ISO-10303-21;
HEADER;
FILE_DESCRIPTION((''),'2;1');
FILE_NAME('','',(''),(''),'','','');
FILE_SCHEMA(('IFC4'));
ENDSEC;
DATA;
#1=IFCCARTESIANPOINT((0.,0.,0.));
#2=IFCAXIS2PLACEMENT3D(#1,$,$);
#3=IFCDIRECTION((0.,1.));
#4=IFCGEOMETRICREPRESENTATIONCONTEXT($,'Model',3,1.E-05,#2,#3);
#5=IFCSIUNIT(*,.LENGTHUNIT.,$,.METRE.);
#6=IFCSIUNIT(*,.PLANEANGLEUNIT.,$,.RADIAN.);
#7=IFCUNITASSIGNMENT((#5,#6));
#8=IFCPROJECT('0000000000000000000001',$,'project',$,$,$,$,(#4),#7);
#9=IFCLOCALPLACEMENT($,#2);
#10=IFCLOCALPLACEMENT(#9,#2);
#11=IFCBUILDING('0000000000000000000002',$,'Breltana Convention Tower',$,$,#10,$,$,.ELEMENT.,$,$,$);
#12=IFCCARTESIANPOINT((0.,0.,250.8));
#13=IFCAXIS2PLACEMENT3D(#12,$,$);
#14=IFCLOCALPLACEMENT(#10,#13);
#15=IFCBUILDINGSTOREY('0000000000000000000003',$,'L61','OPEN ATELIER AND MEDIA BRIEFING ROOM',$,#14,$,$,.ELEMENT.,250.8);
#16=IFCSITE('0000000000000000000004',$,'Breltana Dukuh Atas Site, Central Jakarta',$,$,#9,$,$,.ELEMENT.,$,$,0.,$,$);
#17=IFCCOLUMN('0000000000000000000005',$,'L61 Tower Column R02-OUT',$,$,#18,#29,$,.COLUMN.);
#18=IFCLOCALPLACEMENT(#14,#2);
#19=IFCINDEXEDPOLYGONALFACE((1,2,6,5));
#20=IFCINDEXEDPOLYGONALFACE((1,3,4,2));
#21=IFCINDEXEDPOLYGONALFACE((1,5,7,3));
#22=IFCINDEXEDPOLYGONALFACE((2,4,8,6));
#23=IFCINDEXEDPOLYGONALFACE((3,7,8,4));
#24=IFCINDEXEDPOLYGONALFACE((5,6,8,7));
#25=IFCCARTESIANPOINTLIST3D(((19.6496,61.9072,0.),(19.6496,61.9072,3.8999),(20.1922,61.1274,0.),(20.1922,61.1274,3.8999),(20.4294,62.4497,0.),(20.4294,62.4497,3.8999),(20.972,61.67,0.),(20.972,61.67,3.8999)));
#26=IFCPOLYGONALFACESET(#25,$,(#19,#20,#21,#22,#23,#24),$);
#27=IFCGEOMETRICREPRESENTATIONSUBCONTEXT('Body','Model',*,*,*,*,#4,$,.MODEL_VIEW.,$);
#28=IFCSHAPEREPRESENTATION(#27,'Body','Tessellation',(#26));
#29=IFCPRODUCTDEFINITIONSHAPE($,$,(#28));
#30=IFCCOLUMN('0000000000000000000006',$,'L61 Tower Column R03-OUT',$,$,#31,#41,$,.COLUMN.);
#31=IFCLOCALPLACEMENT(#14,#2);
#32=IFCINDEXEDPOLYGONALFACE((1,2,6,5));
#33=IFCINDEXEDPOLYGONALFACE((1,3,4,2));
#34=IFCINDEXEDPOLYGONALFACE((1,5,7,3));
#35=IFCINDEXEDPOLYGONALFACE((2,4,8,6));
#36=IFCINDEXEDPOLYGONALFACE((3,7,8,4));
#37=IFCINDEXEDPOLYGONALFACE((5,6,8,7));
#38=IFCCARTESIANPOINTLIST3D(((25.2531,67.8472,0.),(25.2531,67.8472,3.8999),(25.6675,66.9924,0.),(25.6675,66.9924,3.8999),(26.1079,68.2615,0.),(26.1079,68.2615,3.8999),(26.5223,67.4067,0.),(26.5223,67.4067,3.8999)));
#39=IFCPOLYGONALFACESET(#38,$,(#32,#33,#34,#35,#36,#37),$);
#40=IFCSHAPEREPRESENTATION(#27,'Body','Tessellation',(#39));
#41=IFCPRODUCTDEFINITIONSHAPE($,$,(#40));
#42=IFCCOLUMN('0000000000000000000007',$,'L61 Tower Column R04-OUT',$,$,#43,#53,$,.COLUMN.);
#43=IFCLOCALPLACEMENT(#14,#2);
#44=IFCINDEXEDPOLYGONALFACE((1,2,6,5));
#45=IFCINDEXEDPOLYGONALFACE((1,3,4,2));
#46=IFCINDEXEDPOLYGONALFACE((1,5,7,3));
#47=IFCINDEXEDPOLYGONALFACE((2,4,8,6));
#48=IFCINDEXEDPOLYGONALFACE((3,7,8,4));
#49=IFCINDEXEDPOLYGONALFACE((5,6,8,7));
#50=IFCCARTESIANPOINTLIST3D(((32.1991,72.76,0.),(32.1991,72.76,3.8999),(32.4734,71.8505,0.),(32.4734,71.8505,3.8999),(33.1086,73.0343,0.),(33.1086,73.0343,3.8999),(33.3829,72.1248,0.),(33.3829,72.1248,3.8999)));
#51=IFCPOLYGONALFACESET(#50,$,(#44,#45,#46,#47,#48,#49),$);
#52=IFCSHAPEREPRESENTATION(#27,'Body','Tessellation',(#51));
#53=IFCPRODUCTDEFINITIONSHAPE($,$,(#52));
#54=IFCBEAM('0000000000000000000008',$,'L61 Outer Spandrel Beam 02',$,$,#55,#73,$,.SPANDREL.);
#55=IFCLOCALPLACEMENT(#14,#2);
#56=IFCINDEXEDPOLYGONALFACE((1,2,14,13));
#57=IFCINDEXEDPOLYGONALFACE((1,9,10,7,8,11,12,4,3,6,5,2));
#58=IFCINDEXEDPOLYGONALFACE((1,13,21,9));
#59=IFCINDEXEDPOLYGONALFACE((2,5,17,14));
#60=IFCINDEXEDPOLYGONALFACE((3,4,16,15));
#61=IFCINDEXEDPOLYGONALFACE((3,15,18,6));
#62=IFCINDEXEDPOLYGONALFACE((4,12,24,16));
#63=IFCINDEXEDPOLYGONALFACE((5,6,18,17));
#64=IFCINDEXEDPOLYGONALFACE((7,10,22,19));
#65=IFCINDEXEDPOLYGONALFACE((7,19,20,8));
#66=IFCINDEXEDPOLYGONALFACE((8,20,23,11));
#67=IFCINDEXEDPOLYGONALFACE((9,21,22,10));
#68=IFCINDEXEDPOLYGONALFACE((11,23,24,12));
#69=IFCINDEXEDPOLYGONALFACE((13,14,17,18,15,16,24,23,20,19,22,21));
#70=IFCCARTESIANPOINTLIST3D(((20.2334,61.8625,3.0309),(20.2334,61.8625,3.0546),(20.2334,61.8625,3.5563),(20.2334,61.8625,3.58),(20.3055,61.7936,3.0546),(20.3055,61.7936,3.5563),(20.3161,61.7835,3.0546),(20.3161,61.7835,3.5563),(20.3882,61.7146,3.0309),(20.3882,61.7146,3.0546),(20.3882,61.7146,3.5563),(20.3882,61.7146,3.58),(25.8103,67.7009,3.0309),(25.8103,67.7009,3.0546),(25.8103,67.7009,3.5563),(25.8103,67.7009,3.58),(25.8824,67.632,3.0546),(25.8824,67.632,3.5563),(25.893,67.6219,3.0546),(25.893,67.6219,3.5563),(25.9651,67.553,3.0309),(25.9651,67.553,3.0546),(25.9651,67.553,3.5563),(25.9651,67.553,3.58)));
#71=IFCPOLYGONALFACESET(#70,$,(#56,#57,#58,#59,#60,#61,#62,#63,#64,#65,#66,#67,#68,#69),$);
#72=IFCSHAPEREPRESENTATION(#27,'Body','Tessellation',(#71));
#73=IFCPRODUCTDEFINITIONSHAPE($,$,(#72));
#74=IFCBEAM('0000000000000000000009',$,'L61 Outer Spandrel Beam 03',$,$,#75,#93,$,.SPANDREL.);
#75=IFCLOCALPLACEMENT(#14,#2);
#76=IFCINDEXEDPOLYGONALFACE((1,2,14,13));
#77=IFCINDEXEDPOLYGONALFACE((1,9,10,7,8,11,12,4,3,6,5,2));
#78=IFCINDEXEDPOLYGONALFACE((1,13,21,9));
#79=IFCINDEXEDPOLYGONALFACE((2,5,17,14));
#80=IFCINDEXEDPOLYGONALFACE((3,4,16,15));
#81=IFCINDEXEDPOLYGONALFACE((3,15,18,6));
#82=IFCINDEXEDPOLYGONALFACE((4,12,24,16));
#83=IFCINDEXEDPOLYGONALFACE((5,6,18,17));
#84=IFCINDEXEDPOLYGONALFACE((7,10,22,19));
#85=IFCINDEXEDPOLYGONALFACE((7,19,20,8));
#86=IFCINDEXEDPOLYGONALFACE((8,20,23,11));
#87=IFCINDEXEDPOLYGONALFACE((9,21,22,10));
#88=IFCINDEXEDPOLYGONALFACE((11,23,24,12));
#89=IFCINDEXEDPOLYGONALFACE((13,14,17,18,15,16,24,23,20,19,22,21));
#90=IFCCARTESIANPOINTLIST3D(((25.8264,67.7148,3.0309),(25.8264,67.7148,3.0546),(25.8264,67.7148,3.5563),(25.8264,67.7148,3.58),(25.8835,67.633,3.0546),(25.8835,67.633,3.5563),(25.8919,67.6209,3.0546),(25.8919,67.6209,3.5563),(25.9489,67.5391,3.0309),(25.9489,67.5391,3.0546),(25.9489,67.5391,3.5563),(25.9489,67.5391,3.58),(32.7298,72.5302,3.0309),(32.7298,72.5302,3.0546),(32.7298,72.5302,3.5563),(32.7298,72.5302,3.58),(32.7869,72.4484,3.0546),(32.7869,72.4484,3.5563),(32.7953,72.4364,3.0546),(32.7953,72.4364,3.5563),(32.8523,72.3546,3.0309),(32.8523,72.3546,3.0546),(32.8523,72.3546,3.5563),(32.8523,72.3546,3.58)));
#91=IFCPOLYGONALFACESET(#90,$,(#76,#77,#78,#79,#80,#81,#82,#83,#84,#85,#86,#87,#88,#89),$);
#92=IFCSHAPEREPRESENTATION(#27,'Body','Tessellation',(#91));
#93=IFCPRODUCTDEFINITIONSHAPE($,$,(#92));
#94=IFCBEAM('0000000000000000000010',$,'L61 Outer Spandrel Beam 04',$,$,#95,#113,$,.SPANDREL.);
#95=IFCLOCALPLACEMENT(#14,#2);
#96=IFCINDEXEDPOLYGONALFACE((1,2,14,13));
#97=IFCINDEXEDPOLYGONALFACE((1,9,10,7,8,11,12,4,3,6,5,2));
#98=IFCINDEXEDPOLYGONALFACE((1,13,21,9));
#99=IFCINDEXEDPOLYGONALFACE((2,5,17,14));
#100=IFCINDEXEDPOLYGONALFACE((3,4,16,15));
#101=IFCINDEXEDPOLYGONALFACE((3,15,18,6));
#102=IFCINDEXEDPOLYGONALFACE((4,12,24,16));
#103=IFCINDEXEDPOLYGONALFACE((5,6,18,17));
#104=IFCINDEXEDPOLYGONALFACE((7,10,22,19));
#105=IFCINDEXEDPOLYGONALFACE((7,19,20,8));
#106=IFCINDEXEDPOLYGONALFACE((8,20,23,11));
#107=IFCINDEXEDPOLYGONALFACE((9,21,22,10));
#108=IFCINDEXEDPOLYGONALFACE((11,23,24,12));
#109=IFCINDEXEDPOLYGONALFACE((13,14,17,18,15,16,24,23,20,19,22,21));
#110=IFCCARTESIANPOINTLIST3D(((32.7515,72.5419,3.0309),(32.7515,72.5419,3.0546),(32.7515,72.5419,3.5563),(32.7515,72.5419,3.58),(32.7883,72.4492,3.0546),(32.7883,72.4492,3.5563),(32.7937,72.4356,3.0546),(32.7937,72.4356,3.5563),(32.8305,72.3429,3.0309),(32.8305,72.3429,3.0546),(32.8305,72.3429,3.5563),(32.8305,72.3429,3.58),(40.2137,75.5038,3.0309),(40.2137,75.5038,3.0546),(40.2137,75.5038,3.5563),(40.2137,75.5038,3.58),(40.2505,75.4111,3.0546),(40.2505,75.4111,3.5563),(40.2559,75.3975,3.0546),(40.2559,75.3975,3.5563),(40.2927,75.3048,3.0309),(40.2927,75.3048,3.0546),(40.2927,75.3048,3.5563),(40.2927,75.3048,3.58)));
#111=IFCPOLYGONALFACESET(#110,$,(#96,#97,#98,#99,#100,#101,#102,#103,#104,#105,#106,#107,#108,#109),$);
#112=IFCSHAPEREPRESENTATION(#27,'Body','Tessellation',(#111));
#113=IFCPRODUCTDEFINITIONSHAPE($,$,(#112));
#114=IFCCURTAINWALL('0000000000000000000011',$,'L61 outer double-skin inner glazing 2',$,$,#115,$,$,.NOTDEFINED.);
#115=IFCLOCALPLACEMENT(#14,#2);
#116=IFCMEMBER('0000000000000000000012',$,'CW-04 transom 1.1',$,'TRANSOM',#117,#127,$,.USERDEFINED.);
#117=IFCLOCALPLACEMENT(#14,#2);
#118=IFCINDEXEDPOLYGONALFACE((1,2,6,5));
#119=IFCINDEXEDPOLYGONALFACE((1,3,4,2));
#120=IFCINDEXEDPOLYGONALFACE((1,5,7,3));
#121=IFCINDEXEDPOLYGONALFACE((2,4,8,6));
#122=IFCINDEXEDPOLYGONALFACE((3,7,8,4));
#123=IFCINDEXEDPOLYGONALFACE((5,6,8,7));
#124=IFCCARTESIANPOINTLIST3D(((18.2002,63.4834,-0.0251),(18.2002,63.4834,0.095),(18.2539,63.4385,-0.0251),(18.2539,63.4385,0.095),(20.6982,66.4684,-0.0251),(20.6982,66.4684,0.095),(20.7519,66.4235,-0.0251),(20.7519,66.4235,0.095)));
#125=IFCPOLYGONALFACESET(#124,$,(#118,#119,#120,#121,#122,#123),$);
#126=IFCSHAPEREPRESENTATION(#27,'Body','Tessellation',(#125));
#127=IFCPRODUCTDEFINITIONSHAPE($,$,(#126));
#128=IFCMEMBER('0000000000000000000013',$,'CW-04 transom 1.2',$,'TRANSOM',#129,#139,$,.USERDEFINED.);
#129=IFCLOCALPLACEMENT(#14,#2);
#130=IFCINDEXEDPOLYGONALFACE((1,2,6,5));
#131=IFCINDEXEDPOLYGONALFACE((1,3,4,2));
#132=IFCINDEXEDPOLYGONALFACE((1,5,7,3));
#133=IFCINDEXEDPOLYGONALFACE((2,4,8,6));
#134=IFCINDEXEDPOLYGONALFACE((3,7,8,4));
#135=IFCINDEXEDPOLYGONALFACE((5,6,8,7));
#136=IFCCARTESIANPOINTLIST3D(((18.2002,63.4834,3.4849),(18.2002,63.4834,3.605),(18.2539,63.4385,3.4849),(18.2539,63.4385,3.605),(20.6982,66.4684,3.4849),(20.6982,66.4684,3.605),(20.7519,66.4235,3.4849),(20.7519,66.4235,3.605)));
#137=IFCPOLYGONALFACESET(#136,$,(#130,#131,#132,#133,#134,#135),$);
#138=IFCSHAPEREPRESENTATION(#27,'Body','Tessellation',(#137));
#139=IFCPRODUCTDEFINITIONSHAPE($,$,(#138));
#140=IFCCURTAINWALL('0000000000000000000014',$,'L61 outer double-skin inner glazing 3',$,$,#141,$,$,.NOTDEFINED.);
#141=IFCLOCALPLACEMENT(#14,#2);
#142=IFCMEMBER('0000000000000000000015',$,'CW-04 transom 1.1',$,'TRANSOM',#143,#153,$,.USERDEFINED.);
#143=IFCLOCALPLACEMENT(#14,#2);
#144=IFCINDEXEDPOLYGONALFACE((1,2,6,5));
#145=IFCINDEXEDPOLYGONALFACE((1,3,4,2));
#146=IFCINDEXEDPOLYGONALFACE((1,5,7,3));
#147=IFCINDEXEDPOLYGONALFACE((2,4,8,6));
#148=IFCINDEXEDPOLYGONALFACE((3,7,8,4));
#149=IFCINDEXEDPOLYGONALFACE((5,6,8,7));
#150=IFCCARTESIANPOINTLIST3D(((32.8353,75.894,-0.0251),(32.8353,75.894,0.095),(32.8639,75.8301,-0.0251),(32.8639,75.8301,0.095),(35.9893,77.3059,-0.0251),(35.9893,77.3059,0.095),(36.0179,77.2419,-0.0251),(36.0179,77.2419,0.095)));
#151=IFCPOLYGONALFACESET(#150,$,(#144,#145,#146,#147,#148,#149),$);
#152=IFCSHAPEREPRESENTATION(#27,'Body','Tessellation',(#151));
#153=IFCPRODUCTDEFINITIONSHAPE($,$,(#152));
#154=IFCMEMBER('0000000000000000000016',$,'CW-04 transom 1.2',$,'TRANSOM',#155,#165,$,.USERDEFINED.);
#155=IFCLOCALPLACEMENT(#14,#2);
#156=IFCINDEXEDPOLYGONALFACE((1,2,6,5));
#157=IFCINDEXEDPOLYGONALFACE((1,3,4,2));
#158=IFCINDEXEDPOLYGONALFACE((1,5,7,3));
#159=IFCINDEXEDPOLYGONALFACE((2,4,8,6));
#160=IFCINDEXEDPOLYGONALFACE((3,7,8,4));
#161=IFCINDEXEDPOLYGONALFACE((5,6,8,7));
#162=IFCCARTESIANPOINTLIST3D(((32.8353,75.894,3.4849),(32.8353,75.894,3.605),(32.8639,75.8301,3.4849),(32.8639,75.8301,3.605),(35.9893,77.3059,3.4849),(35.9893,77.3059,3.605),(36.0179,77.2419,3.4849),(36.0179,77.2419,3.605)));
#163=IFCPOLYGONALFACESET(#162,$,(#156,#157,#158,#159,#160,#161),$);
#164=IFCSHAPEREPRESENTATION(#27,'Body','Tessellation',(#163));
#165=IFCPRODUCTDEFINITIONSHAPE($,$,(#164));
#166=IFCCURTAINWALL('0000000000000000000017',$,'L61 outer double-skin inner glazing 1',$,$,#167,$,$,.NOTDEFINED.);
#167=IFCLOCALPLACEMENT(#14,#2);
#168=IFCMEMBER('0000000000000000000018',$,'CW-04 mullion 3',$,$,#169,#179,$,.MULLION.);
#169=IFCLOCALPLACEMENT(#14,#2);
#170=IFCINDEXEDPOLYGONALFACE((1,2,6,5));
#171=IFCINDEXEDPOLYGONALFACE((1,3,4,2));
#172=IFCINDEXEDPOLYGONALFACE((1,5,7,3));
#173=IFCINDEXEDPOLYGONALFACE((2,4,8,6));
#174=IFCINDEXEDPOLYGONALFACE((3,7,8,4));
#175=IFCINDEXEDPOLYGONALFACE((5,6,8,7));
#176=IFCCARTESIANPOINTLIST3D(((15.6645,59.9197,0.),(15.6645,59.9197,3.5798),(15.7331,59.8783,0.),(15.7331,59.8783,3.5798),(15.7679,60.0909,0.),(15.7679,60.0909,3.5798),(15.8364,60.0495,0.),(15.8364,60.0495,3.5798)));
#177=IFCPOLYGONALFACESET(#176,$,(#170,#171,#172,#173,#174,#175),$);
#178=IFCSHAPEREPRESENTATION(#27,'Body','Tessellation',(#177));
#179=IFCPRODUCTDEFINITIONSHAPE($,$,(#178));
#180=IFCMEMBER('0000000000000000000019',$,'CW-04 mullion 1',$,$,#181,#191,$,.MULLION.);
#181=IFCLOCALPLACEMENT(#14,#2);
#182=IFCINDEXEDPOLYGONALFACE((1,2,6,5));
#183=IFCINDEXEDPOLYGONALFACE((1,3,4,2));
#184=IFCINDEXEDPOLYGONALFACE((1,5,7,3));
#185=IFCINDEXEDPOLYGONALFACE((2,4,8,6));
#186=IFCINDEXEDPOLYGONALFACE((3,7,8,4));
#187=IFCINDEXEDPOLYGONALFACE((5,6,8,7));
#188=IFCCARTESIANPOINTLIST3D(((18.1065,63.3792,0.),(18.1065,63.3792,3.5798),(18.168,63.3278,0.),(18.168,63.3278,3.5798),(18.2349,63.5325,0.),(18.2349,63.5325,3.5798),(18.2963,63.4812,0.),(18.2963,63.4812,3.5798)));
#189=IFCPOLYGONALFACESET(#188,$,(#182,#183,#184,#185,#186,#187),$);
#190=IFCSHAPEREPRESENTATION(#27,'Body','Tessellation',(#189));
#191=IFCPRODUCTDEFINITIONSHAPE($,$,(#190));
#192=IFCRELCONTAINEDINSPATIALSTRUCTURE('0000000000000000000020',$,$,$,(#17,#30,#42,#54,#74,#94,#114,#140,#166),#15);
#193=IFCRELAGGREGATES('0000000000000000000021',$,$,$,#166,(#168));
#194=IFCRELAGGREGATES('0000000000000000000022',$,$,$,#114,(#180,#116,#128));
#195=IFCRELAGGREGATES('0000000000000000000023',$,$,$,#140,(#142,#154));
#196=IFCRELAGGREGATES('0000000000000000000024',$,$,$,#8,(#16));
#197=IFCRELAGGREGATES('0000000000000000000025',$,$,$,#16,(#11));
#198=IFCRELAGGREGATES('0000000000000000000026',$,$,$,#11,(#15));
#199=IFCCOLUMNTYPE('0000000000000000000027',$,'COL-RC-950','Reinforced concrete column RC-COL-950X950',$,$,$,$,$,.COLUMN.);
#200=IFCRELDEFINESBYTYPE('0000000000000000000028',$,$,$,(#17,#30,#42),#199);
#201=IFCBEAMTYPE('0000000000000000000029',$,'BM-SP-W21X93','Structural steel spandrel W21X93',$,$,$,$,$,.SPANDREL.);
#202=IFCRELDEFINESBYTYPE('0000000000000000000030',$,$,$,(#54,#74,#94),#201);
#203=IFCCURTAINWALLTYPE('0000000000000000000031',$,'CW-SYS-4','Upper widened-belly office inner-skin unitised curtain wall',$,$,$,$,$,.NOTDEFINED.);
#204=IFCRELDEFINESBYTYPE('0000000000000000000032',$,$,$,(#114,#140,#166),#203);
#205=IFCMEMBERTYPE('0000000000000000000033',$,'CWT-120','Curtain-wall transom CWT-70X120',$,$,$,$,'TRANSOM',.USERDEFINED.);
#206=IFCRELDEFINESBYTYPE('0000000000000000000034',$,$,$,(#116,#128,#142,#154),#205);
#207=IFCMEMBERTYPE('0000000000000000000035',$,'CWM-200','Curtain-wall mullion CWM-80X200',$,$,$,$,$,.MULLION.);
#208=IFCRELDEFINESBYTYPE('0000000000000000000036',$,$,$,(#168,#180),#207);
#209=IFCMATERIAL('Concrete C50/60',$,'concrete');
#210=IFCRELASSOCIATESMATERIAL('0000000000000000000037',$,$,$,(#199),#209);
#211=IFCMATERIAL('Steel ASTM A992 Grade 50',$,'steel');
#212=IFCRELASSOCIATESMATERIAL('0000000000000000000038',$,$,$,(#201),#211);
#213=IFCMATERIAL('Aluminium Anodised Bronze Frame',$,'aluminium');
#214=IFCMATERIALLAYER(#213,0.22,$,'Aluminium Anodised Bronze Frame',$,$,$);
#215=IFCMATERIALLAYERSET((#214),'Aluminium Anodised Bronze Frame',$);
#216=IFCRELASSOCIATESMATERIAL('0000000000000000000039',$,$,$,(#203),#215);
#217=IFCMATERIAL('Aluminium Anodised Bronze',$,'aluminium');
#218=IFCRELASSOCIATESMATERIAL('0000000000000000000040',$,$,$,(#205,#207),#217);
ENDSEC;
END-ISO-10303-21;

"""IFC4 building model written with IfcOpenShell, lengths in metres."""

from ifc_helpers import new_model, si_unit, direction, frame, origin, origin_2d, place, context, subcontext, project, spatial, rectangle, i_section, extrude, source, transform, mapped, material, layer, layer_set, material_profile, profile_set, type_object, element, aggregate, save


model = new_model("IFC4")

# Units and contexts
model_context = context("Model", 3, precision=1e-05, world=origin(), true_north=direction((0.0, 1.0)))
body_context = subcontext(model_context, "Body", "Model", "MODEL_VIEW")
ifc_project = project(units=[si_unit("LENGTHUNIT", "METRE"), si_unit("PLANEANGLEUNIT", "RADIAN")], contexts=[model_context])

# Site, building, storey
site_placement = place(None, origin())
site = spatial("IfcSite", under=ifc_project, at=site_placement, Name="Breltana Dukuh Atas Site, Central Jakarta", CompositionType="ELEMENT", RefElevation=0.0)
building_placement = place(site_placement, origin())
building = spatial("IfcBuilding", under=site, at=building_placement, Name="Breltana Convention Tower", CompositionType="ELEMENT")
storey_placement = place(building_placement, frame((0.0, 0.0, 250.8)))
storey = spatial("IfcBuildingStorey", under=building, at=storey_placement, Name="L61", Description="OPEN ATELIER AND MEDIA BRIEFING ROOM", CompositionType="ELEMENT", Elevation=250.8)

# Columns
ifc_material_1 = material(Name="Concrete C50/60", Category="concrete")
ifc_material_profile_1 = material_profile(ifc_material_1, rectangle(XDim=0.95, YDim=0.95, at=origin_2d()), Name="RC-COL-950X950")
ifc_profile_set_1 = profile_set([ifc_material_profile_1], Name="Concrete C50/60")
column_type = type_object("IfcColumnType", Name="COL-RC-950", Description="Reinforced concrete column RC-COL-950X950", PredefinedType="COLUMN", material=ifc_profile_set_1)
shared_shape_1 = source(origin(), body_context, "Body", "SweptSolid", [
    extrude(rectangle(XDim=0.95, YDim=0.95, at=origin_2d()), origin(), (0.0, 0.0, 1.0), 3.8999),
])
for number, where, z_axis, x_axis, name in (
    (1, (20.3108, 61.7886, 0.0), (0.0, 0.0, 1.0), (-0.571143, 0.82085, 0.0), "L61 Tower Column R02-OUT"),
    (2, (25.8877, 67.627, 0.0), (0.0, 0.0, 1.0), (-0.436174, 0.899863, 0.0), "L61 Tower Column R03-OUT"),
    (3, (32.791, 72.4424, 0.0), (0.0, 0.0, 1.0), (-0.288698, 0.95742, 0.0), "L61 Tower Column R04-OUT"),
):
    element("IfcColumn", number, at=place(storey_placement, frame(where, z_axis=z_axis, x_axis=x_axis)), inside=storey, type_object=column_type, Name=name, PredefinedType="COLUMN", context=body_context, shape_type="MappedRepresentation", body=[
        mapped(shared_shape_1, transform((0.0, 0.0, 0.0), scale=1.0)),
    ])

# Beams
ifc_material_2 = material(Name="Steel ASTM A992 Grade 50", Category="steel")
ifc_material_profile_2 = material_profile(ifc_material_2, i_section(OverallWidth=0.2141, OverallDepth=0.5491, WebThickness=0.0146, FlangeThickness=0.0237, at=origin_2d()), Name="W21X93")
ifc_profile_set_2 = profile_set([ifc_material_profile_2], Name="Steel ASTM A992 Grade 50")
beam_type = type_object("IfcBeamType", Name="BM-SP-W21X93", Description="Structural steel spandrel W21X93", PredefinedType="SPANDREL", material=ifc_profile_set_2)
shared_shape_2 = source(origin(), body_context, "Body", "SweptSolid", [
    extrude(i_section(OverallWidth=0.2141, OverallDepth=0.5491, WebThickness=0.0146, FlangeThickness=0.0237, at=origin_2d()), origin(), (0.0, 0.0, 1.0), 8.074),
])
beam_1_placement = place(storey_placement, frame((20.3108, 61.7886, 3.3054), z_axis=(0.690729, 0.723114, 0.0), x_axis=(-0.723114, 0.690729, 0.0)))
element("IfcBeam", 4, at=beam_1_placement, inside=storey, type_object=beam_type, Name="L61 Outer Spandrel Beam 02", PredefinedType="SPANDREL", context=body_context, shape_type="MappedRepresentation", body=[
    mapped(shared_shape_2, transform((0.0, 0.0, 0.0), scale=1.0)),
])
shared_shape_3 = source(origin(), body_context, "Body", "SweptSolid", [
    extrude(i_section(OverallWidth=0.2141, OverallDepth=0.5491, WebThickness=0.0146, FlangeThickness=0.0237, at=origin_2d()), origin(), (0.0, 0.0, 1.0), 8.417),
])
beam_2_placement = place(storey_placement, frame((25.8877, 67.627, 3.3054), z_axis=(0.820174, 0.572114, 0.0), x_axis=(-0.572114, 0.820174, 0.0)))
element("IfcBeam", 5, at=beam_2_placement, inside=storey, type_object=beam_type, Name="L61 Outer Spandrel Beam 03", PredefinedType="SPANDREL", context=body_context, shape_type="MappedRepresentation", body=[
    mapped(shared_shape_3, transform((0.0, 0.0, 0.0), scale=1.0)),
])
shared_shape_4 = source(origin(), body_context, "Body", "SweptSolid", [
    extrude(i_section(OverallWidth=0.2141, OverallDepth=0.5491, WebThickness=0.0146, FlangeThickness=0.0237, at=origin_2d()), origin(), (0.0, 0.0, 1.0), 8.0286),
])
beam_3_placement = place(storey_placement, frame((32.791, 72.4424, 3.3054), z_axis=(0.929459, 0.368925, 0.0), x_axis=(-0.368925, 0.929459, 0.0)))
element("IfcBeam", 6, at=beam_3_placement, inside=storey, type_object=beam_type, Name="L61 Outer Spandrel Beam 04", PredefinedType="SPANDREL", context=body_context, shape_type="MappedRepresentation", body=[
    mapped(shared_shape_4, transform((0.0, 0.0, 0.0), scale=1.0)),
])

# Curtain walls, members
ifc_material_3 = material(Name="Aluminium Anodised Bronze Frame", Category="aluminium")
ifc_layer_1 = layer(ifc_material_3, 0.22, Name="Aluminium Anodised Bronze Frame")
ifc_layer_set_1 = layer_set([ifc_layer_1], Name="Aluminium Anodised Bronze Frame")
curtain_wall_type = type_object("IfcCurtainWallType", Name="CW-SYS-4", Description="Upper widened-belly office inner-skin unitised curtain wall", PredefinedType="NOTDEFINED", material=ifc_layer_set_1)
curtain_wall_1_placement = place(storey_placement, origin())
curtain_wall_1 = element("IfcCurtainWall", 7, at=curtain_wall_1_placement, inside=storey, type_object=curtain_wall_type, Name="L61 outer double-skin inner glazing 2", PredefinedType="NOTDEFINED")
ifc_material_4 = material(Name="Aluminium Anodised Bronze", Category="aluminium")
ifc_material_profile_3 = material_profile(ifc_material_4, rectangle(XDim=0.0701, YDim=0.1201, at=origin_2d()), Name="CWT-70X120")
ifc_profile_set_3 = profile_set([ifc_material_profile_3], Name="Aluminium Anodised Bronze")
member_type_1 = type_object("IfcMemberType", Name="CWT-120", Description="Curtain-wall transom CWT-70X120", ElementType="TRANSOM", PredefinedType="USERDEFINED", material=ifc_profile_set_3)
shared_shape_5 = source(origin(), body_context, "Body", "SweptSolid", [
    extrude(rectangle(XDim=0.0701, YDim=0.1201, at=origin_2d()), origin(), (0.0, 0.0, 1.0), 3.8923),
])
member_1_placement = place(storey_placement, frame((18.2271, 63.4609, 0.0349), z_axis=(0.641769, 0.766898, 0.0), x_axis=(-0.766898, 0.641769, 0.0)))
member_1 = element("IfcMember", 8, at=member_1_placement, type_object=member_type_1, Name="CW-04 transom 1.1", ObjectType="TRANSOM", PredefinedType="USERDEFINED", context=body_context, shape_type="MappedRepresentation", body=[
    mapped(shared_shape_5, transform((0.0, 0.0, 0.0), scale=1.0)),
])
member_2_placement = place(storey_placement, frame((18.2271, 63.4609, 3.5449), z_axis=(0.641769, 0.766898, 0.0), x_axis=(-0.766898, 0.641769, 0.0)))
member_2 = element("IfcMember", 9, at=member_2_placement, type_object=member_type_1, Name="CW-04 transom 1.2", ObjectType="TRANSOM", PredefinedType="USERDEFINED", context=body_context, shape_type="MappedRepresentation", body=[
    mapped(shared_shape_5, transform((0.0, 0.0, 0.0), scale=1.0)),
])
curtain_wall_2_placement = place(storey_placement, origin())
curtain_wall_2 = element("IfcCurtainWall", 10, at=curtain_wall_2_placement, inside=storey, type_object=curtain_wall_type, Name="L61 outer double-skin inner glazing 3", PredefinedType="NOTDEFINED")
shared_shape_6 = source(origin(), body_context, "Body", "SweptSolid", [
    extrude(rectangle(XDim=0.0701, YDim=0.1201, at=origin_2d()), origin(), (0.0, 0.0, 1.0), 3.4556),
])
member_3_placement = place(storey_placement, frame((32.8496, 75.8621, 0.0349), z_axis=(0.912727, 0.408569, 0.0), x_axis=(-0.408569, 0.912727, 0.0)))
member_3 = element("IfcMember", 11, at=member_3_placement, type_object=member_type_1, Name="CW-04 transom 1.1", ObjectType="TRANSOM", PredefinedType="USERDEFINED", context=body_context, shape_type="MappedRepresentation", body=[
    mapped(shared_shape_6, transform((0.0, 0.0, 0.0), scale=1.0)),
])
member_4_placement = place(storey_placement, frame((32.8496, 75.8621, 3.5449), z_axis=(0.912727, 0.408569, 0.0), x_axis=(-0.408569, 0.912727, 0.0)))
member_4 = element("IfcMember", 12, at=member_4_placement, type_object=member_type_1, Name="CW-04 transom 1.2", ObjectType="TRANSOM", PredefinedType="USERDEFINED", context=body_context, shape_type="MappedRepresentation", body=[
    mapped(shared_shape_6, transform((0.0, 0.0, 0.0), scale=1.0)),
])

# Curtain wall, member
curtain_wall_3_placement = place(storey_placement, origin())
curtain_wall_3 = element("IfcCurtainWall", 13, at=curtain_wall_3_placement, inside=storey, type_object=curtain_wall_type, Name="L61 outer double-skin inner glazing 1", PredefinedType="NOTDEFINED")
ifc_material_profile_4 = material_profile(ifc_material_4, rectangle(XDim=0.0801, YDim=0.2, at=origin_2d()), Name="CWM-80X200")
ifc_profile_set_4 = profile_set([ifc_material_profile_4], Name="Aluminium Anodised Bronze")
member_type_2 = type_object("IfcMemberType", Name="CWM-200", Description="Curtain-wall mullion CWM-80X200", PredefinedType="MULLION", material=ifc_profile_set_4)
shared_shape_7 = source(origin(), body_context, "Body", "SweptSolid", [
    extrude(rectangle(XDim=0.0801, YDim=0.2, at=origin_2d()), origin(), (0.0, 0.0, 1.0), 3.5798),
])
member_5_placement = place(storey_placement, frame((15.7505, 59.9846, 0.0), z_axis=(0.0, 0.0, 1.0), x_axis=(-0.856061, 0.516875, 0.0)))
member_5 = element("IfcMember", 14, at=member_5_placement, type_object=member_type_2, Name="CW-04 mullion 3", PredefinedType="MULLION", context=body_context, shape_type="MappedRepresentation", body=[
    mapped(shared_shape_7, transform((0.0, 0.0, 0.0), scale=1.0)),
])

# Member
member_6_placement = place(storey_placement, frame((18.2014, 63.4302, 0.0), z_axis=(0.0, 0.0, 1.0), x_axis=(-0.766903, 0.641763, 0.0)))
member_6 = element("IfcMember", 15, at=member_6_placement, type_object=member_type_2, Name="CW-04 mullion 1", PredefinedType="MULLION", context=body_context, shape_type="MappedRepresentation", body=[
    mapped(shared_shape_7, transform((0.0, 0.0, 0.0), scale=1.0)),
])

aggregate(curtain_wall_3, [member_5])
aggregate(curtain_wall_1, [member_6, member_1, member_2])
aggregate(curtain_wall_2, [member_3, member_4])

save(model, "model.ifc")
